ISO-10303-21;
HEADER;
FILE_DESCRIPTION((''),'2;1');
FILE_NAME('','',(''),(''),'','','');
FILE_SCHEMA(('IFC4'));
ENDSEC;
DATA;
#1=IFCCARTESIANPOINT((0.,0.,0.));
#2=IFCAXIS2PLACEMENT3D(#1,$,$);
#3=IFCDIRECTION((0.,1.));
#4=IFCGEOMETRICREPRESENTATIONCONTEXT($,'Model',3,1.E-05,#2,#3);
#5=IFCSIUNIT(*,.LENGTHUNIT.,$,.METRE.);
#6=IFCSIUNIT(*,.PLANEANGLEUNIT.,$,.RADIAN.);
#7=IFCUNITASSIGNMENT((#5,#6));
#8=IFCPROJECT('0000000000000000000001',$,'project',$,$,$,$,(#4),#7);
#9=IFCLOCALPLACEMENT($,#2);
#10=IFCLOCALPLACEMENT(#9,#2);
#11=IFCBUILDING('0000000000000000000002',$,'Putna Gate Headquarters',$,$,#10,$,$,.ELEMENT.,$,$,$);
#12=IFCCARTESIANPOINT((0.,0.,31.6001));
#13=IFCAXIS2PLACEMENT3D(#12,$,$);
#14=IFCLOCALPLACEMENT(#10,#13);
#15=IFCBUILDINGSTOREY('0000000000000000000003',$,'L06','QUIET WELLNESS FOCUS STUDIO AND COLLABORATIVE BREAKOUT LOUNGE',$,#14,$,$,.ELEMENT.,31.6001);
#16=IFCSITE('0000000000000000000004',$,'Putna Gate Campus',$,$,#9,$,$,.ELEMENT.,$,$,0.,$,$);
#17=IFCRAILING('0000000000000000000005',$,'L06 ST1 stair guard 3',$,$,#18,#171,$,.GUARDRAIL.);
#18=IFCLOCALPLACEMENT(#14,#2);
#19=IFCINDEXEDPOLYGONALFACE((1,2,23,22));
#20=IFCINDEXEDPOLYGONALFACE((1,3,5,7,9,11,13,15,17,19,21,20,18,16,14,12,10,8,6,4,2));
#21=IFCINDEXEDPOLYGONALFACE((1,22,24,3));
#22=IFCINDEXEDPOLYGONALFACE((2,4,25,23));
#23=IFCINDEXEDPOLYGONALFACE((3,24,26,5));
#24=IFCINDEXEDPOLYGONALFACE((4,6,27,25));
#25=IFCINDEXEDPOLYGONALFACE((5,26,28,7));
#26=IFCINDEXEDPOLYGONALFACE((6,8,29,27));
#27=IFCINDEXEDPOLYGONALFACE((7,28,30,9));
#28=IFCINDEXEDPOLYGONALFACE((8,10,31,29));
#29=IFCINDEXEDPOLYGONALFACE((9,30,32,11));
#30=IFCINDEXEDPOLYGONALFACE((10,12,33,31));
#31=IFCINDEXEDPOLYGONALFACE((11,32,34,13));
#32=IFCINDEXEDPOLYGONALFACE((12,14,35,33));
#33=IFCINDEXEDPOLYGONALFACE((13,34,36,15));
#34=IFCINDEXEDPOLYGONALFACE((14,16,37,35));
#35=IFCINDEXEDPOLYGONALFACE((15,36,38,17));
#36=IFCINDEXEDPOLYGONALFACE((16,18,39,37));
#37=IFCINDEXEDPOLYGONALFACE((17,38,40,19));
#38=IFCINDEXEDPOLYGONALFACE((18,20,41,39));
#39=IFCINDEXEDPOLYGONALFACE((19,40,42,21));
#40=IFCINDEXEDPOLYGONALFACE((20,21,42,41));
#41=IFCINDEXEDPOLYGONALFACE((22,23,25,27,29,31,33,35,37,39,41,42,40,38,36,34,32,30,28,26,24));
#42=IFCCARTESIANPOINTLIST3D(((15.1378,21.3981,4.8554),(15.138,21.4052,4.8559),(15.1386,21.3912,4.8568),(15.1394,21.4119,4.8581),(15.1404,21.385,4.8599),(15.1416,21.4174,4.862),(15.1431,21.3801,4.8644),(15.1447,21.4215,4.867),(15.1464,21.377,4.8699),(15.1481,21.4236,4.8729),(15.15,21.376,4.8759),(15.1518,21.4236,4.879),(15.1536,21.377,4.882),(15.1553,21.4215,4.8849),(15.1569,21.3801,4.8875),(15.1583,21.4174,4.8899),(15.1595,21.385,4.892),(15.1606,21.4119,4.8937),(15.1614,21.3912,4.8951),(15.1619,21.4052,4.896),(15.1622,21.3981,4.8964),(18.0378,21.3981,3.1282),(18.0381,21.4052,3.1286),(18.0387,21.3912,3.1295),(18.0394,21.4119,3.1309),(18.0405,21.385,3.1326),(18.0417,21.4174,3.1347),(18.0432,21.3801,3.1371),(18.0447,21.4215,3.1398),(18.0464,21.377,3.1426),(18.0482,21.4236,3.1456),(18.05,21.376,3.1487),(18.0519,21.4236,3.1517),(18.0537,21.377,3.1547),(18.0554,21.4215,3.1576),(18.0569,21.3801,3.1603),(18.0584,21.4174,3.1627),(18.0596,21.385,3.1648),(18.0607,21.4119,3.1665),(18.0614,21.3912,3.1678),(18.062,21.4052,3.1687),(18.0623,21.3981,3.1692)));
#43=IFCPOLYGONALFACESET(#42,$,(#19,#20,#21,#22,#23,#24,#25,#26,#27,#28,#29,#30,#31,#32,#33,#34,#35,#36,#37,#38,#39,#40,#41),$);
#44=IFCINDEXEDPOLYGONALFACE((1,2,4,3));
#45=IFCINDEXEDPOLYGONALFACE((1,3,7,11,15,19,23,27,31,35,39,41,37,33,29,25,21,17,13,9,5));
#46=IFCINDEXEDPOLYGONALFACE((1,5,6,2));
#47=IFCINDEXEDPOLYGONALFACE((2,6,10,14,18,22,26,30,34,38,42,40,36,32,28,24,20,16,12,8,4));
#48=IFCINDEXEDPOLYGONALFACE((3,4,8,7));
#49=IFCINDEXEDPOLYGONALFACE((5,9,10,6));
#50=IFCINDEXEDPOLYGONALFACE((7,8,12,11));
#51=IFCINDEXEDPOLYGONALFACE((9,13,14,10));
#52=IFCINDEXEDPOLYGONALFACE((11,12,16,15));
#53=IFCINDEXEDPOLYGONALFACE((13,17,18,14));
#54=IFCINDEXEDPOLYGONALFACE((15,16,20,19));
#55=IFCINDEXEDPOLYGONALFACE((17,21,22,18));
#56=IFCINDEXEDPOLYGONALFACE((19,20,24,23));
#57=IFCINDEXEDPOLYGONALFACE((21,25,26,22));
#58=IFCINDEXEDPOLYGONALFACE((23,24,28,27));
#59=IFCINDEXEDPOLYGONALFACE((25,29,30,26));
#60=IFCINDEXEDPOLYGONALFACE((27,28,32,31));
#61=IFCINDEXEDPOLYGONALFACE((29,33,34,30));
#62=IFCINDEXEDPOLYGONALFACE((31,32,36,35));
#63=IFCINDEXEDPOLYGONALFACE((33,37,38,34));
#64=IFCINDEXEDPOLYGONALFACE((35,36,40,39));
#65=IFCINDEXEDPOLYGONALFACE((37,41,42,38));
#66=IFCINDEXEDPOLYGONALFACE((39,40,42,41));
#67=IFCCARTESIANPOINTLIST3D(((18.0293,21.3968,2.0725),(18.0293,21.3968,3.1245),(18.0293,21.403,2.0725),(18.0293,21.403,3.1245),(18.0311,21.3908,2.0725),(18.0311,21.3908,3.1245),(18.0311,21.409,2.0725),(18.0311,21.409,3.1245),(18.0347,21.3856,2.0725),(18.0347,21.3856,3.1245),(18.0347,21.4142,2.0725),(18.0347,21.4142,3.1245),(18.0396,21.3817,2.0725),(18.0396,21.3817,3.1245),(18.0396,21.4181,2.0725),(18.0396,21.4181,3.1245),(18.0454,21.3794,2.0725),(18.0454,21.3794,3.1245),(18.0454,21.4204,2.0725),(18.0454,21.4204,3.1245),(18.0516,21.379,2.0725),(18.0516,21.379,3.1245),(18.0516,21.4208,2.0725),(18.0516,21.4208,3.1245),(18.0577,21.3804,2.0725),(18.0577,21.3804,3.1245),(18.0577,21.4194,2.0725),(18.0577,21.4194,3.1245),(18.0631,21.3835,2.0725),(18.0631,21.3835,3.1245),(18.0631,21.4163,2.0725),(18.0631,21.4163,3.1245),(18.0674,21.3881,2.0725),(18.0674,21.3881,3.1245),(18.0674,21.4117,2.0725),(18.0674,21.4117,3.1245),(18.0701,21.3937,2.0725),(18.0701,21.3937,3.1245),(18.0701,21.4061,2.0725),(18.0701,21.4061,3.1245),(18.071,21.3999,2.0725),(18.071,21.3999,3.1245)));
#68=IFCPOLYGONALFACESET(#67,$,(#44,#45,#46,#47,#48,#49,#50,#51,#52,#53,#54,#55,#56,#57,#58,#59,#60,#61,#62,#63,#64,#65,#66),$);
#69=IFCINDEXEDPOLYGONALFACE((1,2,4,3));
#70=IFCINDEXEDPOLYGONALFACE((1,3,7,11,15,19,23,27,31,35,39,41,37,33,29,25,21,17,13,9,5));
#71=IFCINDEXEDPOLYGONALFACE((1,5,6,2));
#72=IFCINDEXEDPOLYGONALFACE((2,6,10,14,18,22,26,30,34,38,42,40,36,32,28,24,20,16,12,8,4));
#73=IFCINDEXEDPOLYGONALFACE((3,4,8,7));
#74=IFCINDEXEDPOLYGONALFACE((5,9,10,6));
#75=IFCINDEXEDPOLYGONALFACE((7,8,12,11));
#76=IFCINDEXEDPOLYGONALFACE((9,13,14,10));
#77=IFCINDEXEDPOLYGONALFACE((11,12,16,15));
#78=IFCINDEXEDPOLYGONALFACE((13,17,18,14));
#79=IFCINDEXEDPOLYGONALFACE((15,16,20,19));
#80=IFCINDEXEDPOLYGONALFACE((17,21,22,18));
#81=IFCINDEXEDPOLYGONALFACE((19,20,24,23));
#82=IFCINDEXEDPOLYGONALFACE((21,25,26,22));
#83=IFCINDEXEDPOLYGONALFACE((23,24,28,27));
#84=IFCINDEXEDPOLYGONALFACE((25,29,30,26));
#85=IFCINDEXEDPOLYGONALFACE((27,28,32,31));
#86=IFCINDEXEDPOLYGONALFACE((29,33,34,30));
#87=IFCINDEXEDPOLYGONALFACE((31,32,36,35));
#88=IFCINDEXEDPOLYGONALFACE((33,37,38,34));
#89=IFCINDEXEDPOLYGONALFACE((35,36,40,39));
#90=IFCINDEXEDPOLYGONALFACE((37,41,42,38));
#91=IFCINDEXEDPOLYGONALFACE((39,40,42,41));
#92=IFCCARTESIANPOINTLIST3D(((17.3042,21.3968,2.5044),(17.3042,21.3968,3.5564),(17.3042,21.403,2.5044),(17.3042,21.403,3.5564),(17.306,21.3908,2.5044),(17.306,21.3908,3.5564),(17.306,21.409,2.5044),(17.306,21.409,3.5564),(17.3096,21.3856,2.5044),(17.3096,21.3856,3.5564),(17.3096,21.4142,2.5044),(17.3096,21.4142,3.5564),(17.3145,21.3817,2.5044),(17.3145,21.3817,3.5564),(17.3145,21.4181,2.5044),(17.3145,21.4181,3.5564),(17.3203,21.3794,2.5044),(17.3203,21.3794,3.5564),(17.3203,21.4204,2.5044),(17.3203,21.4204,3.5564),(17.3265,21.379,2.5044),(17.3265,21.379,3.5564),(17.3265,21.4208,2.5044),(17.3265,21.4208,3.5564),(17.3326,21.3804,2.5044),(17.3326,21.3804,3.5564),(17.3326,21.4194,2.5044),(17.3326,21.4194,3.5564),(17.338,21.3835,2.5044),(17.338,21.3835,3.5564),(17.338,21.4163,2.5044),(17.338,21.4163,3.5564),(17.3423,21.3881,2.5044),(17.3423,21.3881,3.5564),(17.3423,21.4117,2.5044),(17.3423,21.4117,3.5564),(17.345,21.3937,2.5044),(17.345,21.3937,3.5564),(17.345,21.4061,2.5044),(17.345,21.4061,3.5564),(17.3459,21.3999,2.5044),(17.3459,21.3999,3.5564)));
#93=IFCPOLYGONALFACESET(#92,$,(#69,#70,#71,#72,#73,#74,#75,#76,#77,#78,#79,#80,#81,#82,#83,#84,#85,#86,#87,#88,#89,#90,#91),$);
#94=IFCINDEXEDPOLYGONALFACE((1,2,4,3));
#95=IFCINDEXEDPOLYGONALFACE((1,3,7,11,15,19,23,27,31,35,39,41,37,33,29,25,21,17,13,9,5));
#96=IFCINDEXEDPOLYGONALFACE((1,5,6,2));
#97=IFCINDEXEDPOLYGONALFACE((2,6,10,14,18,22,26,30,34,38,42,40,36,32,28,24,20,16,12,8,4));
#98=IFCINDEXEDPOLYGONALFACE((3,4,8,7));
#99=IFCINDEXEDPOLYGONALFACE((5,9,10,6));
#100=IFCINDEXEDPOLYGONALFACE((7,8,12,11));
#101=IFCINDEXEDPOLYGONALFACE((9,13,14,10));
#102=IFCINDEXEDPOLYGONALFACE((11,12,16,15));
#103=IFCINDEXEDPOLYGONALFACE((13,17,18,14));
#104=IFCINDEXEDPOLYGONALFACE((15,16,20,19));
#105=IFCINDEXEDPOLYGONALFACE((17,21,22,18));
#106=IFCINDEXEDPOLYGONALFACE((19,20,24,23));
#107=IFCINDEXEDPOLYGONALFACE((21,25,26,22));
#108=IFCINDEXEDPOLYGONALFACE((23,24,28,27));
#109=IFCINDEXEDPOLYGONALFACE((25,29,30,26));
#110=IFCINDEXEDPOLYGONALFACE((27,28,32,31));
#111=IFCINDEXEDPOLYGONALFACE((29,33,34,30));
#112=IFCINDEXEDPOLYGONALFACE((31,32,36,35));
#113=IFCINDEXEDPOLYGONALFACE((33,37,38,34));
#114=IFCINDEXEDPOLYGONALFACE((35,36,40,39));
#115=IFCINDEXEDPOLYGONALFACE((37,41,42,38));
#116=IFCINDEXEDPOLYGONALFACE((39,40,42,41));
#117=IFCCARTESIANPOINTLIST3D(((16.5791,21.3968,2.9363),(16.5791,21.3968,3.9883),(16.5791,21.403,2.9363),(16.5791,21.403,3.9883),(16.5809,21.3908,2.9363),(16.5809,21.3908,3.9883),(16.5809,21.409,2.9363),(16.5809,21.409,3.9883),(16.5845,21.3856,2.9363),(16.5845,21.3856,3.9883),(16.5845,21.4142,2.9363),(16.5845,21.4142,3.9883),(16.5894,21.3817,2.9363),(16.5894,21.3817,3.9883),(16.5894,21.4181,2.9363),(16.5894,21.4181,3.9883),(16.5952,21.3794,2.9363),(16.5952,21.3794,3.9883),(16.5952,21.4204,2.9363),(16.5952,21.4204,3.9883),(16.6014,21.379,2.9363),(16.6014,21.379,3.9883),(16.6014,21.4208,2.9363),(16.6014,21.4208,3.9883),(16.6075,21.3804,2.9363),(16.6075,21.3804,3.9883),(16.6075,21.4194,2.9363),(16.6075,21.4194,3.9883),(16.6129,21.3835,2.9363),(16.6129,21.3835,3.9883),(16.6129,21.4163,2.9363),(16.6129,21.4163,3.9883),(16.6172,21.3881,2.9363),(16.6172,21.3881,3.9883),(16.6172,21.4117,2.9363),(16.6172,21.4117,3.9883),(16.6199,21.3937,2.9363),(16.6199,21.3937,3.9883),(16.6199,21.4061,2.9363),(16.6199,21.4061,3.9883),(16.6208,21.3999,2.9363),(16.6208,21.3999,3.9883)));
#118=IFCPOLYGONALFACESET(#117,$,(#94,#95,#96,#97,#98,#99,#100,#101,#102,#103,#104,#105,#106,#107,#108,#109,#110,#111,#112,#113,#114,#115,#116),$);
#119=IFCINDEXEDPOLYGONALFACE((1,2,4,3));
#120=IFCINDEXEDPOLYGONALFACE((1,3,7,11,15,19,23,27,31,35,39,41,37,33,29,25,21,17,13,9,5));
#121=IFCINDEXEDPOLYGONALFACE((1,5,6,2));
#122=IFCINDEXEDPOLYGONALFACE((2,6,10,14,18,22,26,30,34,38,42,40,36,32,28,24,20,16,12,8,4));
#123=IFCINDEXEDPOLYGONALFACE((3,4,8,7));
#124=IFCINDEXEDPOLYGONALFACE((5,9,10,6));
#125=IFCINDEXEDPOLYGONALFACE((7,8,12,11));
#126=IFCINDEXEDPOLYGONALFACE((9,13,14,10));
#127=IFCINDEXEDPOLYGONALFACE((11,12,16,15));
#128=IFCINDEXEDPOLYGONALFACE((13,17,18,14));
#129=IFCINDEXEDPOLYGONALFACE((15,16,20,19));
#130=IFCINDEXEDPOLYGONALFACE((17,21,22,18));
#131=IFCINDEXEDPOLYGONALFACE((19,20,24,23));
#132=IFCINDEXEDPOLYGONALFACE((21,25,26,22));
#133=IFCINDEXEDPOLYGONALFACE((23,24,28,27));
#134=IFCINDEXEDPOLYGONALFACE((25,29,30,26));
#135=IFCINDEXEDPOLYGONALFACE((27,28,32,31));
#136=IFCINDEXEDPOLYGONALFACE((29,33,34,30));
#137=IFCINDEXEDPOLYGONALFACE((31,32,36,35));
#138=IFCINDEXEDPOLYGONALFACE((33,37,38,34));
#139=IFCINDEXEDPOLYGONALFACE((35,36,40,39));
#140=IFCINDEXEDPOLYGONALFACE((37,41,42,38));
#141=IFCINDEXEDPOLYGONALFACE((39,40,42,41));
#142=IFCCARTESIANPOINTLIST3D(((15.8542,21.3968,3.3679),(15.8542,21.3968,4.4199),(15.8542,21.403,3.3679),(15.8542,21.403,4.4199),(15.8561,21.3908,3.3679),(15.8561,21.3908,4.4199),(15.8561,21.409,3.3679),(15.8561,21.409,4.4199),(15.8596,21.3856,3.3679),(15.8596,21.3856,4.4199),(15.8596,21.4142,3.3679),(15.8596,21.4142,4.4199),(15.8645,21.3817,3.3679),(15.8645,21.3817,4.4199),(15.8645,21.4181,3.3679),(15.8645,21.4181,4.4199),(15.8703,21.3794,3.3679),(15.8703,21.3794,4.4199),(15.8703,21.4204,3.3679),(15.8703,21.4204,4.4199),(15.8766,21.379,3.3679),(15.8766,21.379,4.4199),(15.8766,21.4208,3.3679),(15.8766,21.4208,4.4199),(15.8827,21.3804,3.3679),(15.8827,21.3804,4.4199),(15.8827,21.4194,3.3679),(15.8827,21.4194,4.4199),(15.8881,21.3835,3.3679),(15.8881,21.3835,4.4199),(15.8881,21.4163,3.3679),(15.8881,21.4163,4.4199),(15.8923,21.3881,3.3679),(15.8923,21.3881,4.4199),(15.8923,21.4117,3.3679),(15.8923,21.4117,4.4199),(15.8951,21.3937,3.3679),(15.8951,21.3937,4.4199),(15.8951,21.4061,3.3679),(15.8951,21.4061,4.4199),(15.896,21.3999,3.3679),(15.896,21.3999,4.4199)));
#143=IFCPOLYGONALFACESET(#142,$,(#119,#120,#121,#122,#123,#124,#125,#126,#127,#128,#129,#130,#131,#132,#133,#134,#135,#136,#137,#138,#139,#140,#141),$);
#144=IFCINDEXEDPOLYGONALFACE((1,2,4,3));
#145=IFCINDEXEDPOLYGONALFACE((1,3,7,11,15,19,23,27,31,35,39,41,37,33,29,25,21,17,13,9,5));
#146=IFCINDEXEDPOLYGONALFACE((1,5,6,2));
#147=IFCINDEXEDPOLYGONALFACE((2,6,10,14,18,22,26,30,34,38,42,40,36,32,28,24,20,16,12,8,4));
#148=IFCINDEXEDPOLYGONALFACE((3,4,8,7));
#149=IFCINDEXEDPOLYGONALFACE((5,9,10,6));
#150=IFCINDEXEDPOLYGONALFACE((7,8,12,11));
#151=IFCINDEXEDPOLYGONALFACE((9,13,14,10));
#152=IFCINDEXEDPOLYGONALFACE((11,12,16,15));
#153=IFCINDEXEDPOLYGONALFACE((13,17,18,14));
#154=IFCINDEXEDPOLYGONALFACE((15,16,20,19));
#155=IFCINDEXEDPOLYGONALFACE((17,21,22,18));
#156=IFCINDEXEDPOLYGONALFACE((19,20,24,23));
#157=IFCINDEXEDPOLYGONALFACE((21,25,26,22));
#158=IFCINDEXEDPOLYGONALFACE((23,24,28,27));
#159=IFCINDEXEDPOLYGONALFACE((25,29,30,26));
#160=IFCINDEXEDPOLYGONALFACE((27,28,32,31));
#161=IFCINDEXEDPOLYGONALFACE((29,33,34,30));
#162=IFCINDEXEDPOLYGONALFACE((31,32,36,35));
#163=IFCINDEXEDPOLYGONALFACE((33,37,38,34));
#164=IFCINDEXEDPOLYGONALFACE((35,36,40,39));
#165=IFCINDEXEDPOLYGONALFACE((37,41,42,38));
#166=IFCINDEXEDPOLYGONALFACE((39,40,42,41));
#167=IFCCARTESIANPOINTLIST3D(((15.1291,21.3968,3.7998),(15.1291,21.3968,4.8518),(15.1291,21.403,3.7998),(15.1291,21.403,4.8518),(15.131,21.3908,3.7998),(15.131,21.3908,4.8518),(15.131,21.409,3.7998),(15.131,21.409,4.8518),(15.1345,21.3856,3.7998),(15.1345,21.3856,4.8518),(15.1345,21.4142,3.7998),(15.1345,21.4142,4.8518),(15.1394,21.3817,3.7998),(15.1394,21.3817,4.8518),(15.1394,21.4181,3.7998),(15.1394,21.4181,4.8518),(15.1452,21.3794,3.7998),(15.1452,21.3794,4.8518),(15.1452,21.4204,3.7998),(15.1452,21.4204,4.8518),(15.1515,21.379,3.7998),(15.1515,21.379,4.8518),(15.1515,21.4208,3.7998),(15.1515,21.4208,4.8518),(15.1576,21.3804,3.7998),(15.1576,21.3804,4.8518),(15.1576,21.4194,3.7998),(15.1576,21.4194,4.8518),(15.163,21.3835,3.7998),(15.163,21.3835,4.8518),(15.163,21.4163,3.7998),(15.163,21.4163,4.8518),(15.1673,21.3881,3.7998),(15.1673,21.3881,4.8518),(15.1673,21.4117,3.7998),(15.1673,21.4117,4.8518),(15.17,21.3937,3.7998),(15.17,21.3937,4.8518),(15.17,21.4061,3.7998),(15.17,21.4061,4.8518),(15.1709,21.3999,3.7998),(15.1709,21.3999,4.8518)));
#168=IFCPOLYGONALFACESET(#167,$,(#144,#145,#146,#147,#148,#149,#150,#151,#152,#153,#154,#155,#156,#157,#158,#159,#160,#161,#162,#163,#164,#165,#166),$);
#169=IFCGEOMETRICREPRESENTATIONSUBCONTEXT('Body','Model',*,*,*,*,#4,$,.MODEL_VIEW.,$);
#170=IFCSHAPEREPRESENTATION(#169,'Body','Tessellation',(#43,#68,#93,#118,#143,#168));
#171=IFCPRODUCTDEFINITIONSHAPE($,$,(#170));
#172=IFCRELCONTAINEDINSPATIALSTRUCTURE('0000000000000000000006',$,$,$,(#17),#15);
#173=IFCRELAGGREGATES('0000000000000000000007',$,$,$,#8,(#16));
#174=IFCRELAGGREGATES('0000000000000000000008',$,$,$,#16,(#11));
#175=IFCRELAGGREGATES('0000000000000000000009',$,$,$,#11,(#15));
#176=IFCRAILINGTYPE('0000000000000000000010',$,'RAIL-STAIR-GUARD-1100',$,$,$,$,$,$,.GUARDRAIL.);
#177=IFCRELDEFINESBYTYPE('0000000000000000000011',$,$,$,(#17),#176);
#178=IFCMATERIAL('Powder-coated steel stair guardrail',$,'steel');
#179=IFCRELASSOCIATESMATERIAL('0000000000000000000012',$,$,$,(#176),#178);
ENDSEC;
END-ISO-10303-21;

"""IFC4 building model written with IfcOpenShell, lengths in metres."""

from ifc_helpers import new_model, si_unit, direction, frame, origin, origin_2d, place, context, subcontext, project, spatial, circle, extrude, material, type_object, element, save


model = new_model("IFC4")

# Units and contexts
model_context = context("Model", 3, precision=1e-05, world=origin(), true_north=direction((0.0, 1.0)))
body_context = subcontext(model_context, "Body", "Model", "MODEL_VIEW")
ifc_project = project(units=[si_unit("LENGTHUNIT", "METRE"), si_unit("PLANEANGLEUNIT", "RADIAN")], contexts=[model_context])

# Site, building, storey
site_placement = place(None, origin())
site = spatial("IfcSite", under=ifc_project, at=site_placement, Name="Putna Gate Campus", CompositionType="ELEMENT", RefElevation=0.0)
building_placement = place(site_placement, origin())
building = spatial("IfcBuilding", under=site, at=building_placement, Name="Putna Gate Headquarters", CompositionType="ELEMENT")
storey_placement = place(building_placement, frame((0.0, 0.0, 31.6001)))
storey = spatial("IfcBuildingStorey", under=building, at=storey_placement, Name="L06", Description="QUIET WELLNESS FOCUS STUDIO AND COLLABORATIVE BREAKOUT LOUNGE", CompositionType="ELEMENT", Elevation=31.6001)

# Railing
ifc_material_1 = material(Name="Powder-coated steel stair guardrail", Category="steel")
railing_type_1 = type_object("IfcRailingType", Name="RAIL-STAIR-GUARD-1100", PredefinedType="GUARDRAIL", material=ifc_material_1)
railing_1_placement = place(storey_placement, frame((18.05, 21.3999, 2.0725)))
element("IfcRailing", 1, at=railing_1_placement, inside=storey, type_object=railing_type_1, Name="L06 ST1 stair guard 3", PredefinedType="GUARDRAIL", context=body_context, shape_type="SweptSolid", body=[
    extrude(circle(Radius=0.0239, at=origin_2d()), frame((0.0, 0.0, 1.0762), z_axis=(-0.85916, 0.0, 0.511706), x_axis=(0.0, -1.0, 0.0)), (0.0, 0.0, 1.0), 3.3755),
    extrude(circle(Radius=0.021, at=origin_2d()), origin(), (0.0, 0.0, 1.0), 1.052),
    extrude(circle(Radius=0.021, at=origin_2d()), frame((-0.7251, 0.0, 0.4319)), (0.0, 0.0, 1.0), 1.052),
    extrude(circle(Radius=0.021, at=origin_2d()), frame((-1.4502, 0.0, 0.8638)), (0.0, 0.0, 1.0), 1.052),
    extrude(circle(Radius=0.021, at=origin_2d()), frame((-2.175, 0.0, 1.2954)), (0.0, 0.0, 1.0), 1.052),
    extrude(circle(Radius=0.021, at=origin_2d()), frame((-2.9001, 0.0, 1.7273)), (0.0, 0.0, 1.0), 1.052),
])

save(model, "model.ifc")
